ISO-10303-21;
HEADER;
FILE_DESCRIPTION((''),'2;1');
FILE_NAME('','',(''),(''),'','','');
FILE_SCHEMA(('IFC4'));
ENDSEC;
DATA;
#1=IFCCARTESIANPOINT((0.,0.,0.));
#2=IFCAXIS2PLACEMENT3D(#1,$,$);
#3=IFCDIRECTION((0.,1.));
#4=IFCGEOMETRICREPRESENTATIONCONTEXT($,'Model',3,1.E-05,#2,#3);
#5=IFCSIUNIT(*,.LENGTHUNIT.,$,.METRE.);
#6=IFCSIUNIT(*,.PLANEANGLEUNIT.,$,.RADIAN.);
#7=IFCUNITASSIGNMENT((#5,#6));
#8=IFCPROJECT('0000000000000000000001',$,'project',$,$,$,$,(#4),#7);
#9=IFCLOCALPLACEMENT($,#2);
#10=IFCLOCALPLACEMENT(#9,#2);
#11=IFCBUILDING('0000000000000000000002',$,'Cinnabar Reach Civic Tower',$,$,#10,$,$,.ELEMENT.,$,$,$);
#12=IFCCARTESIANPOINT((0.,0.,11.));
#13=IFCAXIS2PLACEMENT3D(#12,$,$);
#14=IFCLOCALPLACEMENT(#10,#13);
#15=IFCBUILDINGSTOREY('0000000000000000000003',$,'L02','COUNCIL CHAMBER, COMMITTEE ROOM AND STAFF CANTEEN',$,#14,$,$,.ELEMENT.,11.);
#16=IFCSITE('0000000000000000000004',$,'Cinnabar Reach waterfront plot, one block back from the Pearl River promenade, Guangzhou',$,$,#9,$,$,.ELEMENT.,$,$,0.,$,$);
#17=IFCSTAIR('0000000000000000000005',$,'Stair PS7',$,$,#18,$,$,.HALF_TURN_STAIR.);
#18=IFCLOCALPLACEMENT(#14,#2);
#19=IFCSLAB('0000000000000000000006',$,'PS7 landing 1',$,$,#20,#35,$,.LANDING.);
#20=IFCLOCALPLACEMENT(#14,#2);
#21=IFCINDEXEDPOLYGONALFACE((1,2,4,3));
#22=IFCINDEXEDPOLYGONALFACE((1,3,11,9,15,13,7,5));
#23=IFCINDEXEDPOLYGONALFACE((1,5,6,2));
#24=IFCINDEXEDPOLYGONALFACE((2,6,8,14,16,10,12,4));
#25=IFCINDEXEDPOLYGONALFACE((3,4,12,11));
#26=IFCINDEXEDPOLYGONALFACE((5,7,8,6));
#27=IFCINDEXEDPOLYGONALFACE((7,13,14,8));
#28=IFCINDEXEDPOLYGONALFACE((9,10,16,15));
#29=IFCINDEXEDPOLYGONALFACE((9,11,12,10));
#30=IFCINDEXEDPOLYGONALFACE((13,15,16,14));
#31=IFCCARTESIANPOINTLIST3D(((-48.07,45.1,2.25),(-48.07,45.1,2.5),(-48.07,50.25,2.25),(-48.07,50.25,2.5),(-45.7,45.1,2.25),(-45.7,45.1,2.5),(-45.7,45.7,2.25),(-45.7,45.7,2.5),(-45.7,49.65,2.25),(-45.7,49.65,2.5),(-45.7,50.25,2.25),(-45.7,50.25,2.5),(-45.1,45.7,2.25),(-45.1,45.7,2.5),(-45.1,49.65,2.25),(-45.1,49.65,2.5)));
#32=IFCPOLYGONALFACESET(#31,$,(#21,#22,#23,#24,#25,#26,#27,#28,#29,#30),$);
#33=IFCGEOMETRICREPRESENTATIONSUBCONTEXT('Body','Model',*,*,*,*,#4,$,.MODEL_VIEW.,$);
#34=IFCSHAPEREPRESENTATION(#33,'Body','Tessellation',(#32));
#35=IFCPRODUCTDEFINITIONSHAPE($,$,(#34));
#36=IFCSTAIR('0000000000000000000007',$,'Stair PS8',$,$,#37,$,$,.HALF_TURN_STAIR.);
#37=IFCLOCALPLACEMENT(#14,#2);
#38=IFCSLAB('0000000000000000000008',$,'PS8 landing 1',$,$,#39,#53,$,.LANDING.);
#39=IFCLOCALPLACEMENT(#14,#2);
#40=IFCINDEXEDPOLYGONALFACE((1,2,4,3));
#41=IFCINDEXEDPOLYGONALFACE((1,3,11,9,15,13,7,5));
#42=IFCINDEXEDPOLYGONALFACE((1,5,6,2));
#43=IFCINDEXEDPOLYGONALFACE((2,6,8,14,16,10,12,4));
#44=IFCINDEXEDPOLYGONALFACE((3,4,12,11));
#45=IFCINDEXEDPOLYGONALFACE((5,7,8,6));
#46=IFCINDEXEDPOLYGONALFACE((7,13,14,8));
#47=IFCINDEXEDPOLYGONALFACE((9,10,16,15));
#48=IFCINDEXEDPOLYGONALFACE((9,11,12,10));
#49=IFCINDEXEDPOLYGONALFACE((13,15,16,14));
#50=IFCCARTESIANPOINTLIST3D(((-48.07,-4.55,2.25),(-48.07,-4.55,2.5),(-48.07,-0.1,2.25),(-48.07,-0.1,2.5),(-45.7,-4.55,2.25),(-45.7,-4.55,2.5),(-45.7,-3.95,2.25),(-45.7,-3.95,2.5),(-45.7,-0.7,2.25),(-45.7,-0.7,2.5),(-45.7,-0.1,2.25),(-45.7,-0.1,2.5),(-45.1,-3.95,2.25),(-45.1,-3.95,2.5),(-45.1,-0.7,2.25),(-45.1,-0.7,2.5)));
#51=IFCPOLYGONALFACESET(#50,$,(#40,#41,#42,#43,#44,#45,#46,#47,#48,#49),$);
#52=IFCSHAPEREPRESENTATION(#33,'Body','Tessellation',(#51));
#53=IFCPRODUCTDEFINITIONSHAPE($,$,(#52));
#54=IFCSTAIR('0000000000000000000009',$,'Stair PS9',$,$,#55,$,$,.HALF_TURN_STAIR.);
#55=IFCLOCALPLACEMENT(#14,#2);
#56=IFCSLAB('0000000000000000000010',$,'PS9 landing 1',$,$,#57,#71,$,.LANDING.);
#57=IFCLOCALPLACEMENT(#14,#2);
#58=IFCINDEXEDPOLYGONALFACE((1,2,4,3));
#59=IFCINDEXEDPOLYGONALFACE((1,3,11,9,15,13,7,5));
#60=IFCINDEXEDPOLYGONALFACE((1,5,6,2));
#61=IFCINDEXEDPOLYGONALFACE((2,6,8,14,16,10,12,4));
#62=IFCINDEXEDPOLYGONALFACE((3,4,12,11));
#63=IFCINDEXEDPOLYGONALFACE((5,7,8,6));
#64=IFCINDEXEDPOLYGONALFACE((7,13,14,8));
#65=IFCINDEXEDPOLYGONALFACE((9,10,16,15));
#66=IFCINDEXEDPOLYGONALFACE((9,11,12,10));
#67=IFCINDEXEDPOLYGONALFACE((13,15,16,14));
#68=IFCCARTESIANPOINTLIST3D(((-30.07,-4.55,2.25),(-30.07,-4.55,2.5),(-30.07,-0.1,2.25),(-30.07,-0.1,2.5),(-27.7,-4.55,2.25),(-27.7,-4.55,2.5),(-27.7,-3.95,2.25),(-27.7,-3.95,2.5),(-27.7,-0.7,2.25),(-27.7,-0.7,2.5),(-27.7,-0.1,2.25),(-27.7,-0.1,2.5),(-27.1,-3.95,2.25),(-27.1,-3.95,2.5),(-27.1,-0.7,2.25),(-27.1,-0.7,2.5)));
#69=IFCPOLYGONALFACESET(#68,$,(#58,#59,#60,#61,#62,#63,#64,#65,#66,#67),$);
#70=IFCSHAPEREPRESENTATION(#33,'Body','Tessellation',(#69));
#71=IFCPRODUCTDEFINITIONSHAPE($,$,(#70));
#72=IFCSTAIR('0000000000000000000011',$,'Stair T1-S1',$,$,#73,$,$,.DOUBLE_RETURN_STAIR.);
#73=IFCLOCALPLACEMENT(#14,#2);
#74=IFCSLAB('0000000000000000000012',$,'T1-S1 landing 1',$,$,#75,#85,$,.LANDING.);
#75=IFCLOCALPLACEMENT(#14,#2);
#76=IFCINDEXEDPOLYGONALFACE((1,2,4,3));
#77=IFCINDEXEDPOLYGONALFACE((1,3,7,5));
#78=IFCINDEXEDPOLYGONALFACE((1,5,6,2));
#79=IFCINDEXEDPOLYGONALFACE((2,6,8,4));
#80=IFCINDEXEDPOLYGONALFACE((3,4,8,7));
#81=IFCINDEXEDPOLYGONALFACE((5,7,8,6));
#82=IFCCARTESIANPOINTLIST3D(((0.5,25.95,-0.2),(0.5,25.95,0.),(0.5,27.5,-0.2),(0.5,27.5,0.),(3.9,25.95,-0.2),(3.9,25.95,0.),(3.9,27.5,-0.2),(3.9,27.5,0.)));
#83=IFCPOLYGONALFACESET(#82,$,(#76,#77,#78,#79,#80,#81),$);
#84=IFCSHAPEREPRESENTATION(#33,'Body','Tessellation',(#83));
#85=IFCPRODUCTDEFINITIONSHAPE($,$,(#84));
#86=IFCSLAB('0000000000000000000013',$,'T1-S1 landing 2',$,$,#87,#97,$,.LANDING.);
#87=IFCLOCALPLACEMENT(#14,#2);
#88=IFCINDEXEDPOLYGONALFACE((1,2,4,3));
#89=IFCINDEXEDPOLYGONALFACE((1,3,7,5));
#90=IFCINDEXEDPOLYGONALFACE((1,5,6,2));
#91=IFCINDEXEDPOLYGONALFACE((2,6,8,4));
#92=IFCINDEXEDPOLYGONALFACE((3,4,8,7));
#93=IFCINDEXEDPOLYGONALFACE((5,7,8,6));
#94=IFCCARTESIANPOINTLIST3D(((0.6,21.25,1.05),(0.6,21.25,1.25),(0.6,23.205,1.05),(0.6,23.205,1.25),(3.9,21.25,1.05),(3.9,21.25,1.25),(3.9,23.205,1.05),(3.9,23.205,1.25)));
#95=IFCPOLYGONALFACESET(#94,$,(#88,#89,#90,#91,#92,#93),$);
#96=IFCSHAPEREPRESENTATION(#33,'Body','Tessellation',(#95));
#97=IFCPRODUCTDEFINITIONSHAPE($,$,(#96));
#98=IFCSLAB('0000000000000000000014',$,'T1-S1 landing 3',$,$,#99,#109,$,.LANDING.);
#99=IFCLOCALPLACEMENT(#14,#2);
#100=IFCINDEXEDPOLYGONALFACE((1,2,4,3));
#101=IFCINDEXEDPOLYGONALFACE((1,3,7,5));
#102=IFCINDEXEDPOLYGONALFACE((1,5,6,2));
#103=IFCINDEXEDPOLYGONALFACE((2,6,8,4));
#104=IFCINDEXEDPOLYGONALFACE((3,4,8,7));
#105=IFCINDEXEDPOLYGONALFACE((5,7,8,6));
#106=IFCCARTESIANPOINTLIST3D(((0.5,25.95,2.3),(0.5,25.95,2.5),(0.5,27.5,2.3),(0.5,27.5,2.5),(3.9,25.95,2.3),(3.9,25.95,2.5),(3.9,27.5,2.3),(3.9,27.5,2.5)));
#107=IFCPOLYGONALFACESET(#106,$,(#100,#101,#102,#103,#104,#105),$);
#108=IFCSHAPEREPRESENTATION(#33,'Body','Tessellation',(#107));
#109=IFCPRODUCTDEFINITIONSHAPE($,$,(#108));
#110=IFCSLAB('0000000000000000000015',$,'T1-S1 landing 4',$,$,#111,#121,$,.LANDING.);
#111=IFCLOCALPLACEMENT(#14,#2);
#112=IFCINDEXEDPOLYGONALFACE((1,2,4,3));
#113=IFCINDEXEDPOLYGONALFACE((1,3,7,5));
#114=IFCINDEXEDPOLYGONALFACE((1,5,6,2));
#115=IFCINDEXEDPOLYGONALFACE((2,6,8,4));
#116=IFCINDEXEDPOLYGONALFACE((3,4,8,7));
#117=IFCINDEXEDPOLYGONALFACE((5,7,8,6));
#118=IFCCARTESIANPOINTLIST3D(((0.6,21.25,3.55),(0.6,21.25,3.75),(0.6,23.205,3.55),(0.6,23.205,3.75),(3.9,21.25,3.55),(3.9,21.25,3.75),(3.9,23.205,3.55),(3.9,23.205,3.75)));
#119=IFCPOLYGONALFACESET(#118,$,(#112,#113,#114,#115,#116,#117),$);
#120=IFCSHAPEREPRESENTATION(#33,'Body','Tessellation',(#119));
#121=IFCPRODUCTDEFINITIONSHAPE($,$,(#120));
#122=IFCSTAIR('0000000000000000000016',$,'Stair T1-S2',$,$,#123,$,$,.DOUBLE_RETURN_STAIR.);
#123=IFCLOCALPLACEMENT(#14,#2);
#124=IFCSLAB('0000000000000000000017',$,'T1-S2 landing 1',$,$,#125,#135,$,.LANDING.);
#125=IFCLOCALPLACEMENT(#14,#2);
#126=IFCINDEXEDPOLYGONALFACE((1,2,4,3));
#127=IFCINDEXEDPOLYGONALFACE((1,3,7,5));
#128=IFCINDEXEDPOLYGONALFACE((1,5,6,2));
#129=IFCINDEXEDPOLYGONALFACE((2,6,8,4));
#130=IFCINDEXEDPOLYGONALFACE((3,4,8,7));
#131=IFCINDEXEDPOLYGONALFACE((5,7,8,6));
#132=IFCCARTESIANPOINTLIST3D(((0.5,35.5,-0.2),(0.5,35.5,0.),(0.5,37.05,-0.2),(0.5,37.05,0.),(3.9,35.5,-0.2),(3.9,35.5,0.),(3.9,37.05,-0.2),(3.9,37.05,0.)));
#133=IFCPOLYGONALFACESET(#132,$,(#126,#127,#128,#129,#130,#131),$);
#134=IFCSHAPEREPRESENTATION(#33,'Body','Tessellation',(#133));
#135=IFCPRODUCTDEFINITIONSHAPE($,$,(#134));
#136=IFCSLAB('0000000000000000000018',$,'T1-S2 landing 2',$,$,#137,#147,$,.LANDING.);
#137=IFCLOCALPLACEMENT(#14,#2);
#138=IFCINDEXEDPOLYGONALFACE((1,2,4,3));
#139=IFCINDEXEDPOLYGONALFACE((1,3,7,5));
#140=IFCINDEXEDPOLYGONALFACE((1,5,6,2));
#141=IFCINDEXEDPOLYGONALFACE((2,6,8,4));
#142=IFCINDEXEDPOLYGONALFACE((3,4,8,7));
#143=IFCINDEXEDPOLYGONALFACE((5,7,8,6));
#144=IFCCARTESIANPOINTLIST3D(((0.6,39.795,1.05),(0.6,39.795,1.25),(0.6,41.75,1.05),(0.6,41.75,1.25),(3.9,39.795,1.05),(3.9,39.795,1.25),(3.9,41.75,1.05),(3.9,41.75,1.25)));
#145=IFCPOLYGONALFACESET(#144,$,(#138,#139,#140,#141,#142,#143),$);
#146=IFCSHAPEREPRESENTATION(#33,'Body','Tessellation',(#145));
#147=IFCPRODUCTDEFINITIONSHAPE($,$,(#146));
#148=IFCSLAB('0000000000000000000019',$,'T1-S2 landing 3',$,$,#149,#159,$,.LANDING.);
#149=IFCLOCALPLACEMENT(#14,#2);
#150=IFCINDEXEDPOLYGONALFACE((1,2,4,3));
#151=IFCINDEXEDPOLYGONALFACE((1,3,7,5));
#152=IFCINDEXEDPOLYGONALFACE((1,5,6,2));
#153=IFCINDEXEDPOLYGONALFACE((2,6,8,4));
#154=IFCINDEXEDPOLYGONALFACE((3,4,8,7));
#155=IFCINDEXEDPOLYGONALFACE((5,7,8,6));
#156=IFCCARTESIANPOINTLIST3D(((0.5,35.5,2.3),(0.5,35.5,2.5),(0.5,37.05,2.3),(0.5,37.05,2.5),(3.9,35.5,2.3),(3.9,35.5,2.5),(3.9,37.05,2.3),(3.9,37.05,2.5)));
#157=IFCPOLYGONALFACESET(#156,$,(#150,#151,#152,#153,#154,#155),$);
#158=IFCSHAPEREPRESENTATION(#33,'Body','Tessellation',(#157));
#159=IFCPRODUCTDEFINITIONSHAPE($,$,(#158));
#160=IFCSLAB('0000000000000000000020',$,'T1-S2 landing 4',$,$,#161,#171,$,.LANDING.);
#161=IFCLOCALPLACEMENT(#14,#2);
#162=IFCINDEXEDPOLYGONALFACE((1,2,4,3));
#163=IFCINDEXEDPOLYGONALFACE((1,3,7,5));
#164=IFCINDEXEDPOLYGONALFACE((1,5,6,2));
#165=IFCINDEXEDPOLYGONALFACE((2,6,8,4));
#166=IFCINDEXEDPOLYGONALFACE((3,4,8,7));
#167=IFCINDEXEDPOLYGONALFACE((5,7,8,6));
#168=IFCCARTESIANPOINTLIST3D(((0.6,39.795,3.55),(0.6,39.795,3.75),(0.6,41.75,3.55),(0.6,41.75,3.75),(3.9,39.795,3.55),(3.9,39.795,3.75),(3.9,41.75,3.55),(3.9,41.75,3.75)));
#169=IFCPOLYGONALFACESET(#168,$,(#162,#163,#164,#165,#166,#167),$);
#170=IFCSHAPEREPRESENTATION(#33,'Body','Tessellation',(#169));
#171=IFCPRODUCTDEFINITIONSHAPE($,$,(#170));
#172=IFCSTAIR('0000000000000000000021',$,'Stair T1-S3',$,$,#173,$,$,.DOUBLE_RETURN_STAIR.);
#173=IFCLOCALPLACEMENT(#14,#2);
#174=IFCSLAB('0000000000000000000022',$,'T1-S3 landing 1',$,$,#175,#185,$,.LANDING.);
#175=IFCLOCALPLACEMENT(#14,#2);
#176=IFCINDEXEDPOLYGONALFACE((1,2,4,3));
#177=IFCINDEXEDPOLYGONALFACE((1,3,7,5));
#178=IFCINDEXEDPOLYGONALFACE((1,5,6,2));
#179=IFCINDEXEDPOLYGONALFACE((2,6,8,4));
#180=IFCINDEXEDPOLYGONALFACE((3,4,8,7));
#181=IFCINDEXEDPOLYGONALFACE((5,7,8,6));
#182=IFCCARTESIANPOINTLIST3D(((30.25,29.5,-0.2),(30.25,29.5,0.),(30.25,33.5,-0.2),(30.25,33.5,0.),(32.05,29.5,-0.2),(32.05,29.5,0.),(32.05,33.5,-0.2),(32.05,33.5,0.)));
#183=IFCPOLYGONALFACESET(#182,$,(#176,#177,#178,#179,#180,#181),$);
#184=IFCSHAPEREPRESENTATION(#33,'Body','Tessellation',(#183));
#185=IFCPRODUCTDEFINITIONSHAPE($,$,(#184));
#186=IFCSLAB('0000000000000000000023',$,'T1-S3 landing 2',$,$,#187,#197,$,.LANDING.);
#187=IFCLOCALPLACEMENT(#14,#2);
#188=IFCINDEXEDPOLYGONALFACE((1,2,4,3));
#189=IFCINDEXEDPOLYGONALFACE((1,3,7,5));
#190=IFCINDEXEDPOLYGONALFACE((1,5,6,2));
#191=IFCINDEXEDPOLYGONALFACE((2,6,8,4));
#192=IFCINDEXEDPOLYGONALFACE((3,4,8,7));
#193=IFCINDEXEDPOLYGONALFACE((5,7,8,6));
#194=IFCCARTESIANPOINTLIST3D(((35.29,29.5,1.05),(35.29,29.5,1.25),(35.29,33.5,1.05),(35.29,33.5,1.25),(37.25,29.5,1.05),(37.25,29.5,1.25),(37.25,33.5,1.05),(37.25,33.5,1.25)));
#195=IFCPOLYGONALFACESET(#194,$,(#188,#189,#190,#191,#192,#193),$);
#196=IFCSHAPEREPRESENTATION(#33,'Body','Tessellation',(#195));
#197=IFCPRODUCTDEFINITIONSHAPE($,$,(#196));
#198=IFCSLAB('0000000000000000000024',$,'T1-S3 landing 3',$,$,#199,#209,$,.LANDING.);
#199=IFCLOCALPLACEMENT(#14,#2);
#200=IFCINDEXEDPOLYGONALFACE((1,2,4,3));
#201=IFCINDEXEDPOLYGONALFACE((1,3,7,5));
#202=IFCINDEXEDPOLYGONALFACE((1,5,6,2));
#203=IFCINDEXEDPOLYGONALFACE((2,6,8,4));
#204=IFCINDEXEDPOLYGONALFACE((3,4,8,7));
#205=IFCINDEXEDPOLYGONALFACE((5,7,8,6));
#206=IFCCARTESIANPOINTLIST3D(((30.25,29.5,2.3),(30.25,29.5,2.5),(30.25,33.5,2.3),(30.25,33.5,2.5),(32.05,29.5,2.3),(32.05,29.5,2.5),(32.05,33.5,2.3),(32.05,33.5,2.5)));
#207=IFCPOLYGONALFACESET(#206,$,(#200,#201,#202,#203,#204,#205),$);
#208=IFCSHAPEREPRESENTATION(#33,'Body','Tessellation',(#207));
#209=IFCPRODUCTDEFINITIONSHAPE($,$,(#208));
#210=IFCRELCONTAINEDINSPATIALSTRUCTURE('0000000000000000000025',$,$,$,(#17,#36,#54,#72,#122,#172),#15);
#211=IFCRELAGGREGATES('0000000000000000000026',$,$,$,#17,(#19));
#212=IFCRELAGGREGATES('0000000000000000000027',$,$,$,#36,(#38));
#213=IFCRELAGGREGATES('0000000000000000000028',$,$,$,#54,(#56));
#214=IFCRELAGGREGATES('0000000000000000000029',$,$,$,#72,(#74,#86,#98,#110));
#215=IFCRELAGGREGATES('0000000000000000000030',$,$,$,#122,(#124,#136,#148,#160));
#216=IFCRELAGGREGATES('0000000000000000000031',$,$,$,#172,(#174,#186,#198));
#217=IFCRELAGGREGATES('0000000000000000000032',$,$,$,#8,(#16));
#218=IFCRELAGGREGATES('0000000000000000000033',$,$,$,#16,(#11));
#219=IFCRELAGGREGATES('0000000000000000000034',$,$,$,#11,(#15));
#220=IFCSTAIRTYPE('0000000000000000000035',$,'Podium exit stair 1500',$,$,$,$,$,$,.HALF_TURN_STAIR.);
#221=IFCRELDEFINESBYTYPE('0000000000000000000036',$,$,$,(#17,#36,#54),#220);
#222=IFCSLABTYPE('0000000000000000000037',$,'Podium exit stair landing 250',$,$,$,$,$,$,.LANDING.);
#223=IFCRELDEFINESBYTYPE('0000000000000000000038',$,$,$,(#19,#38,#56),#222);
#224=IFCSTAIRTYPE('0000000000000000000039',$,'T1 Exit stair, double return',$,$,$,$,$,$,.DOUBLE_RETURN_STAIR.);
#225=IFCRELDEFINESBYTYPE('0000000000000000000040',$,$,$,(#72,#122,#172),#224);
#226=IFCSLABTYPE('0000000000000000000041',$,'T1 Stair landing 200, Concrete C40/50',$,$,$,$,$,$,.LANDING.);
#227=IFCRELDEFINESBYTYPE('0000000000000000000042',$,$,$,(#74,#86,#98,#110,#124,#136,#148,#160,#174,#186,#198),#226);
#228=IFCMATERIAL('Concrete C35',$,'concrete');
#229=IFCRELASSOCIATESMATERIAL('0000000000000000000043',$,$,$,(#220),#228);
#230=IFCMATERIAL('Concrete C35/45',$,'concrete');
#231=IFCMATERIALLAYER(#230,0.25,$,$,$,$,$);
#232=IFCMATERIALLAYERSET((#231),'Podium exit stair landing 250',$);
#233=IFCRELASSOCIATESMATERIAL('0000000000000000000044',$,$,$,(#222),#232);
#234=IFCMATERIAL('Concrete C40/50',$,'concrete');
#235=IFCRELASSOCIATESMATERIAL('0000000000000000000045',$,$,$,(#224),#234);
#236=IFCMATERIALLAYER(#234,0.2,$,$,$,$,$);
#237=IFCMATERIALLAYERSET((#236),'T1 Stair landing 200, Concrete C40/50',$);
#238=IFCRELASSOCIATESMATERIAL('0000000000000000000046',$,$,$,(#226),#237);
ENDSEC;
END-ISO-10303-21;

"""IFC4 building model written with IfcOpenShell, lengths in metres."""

from ifc_helpers import new_model, si_unit, direction, frame, origin, place, context, subcontext, project, spatial, polyline, outline, extrude, material, layer, layer_set, type_object, element, aggregate, save


model = new_model("IFC4")

# Units and contexts
model_context = context("Model", 3, precision=1e-05, world=origin(), true_north=direction((0.0, 1.0)))
body_context = subcontext(model_context, "Body", "Model", "MODEL_VIEW")
ifc_project = project(units=[si_unit("LENGTHUNIT", "METRE"), si_unit("PLANEANGLEUNIT", "RADIAN")], contexts=[model_context])

# Site, building, storey
site_placement = place(None, origin())
site = spatial("IfcSite", under=ifc_project, at=site_placement, Name="Cinnabar Reach waterfront plot, one block back from the Pearl River promenade, Guangzhou", CompositionType="ELEMENT", RefElevation=0.0)
building_placement = place(site_placement, origin())
building = spatial("IfcBuilding", under=site, at=building_placement, Name="Cinnabar Reach Civic Tower", CompositionType="ELEMENT")
storey_placement = place(building_placement, frame((0.0, 0.0, 11.0)))
storey = spatial("IfcBuildingStorey", under=building, at=storey_placement, Name="L02", Description="COUNCIL CHAMBER, COMMITTEE ROOM AND STAFF CANTEEN", CompositionType="ELEMENT", Elevation=11.0)

# Stairs, slabs
ifc_material_1 = material(Name="Concrete C35", Category="concrete")
stair_type_1 = type_object("IfcStairType", Name="Podium exit stair 1500", PredefinedType="HALF_TURN_STAIR", material=ifc_material_1)
stair_1_placement = place(storey_placement, origin())
stair_1 = element("IfcStair", 1, at=stair_1_placement, inside=storey, type_object=stair_type_1, Name="Stair PS7", PredefinedType="HALF_TURN_STAIR")
ifc_material_2 = material(Name="Concrete C35/45", Category="concrete")
ifc_layer_1 = layer(ifc_material_2, 0.25)
ifc_layer_set_1 = layer_set([ifc_layer_1], Name="Podium exit stair landing 250")
slab_type_1 = type_object("IfcSlabType", Name="Podium exit stair landing 250", PredefinedType="LANDING", material=ifc_layer_set_1)
slab_1_placement = place(storey_placement, frame((0.0, 0.0, 2.25)))
slab_1 = element("IfcSlab", 2, at=slab_1_placement, type_object=slab_type_1, Name="PS7 landing 1", PredefinedType="LANDING", context=body_context, shape_type="SweptSolid", body=[
    extrude(outline(polyline([(-45.1, 45.7), (-45.7, 45.7), (-45.7, 45.1), (-48.07, 45.1), (-48.07, 50.25), (-45.7, 50.25), (-45.7, 49.65), (-45.1, 49.65), (-45.1, 45.7)])), origin(), (0.0, 0.0, 1.0), 0.25),
])
aggregate(stair_1, [slab_1])
stair_2_placement = place(storey_placement, origin())
stair_2 = element("IfcStair", 3, at=stair_2_placement, inside=storey, type_object=stair_type_1, Name="Stair PS8", PredefinedType="HALF_TURN_STAIR")
slab_2_placement = place(storey_placement, frame((0.0, 0.0, 2.25)))
slab_2 = element("IfcSlab", 4, at=slab_2_placement, type_object=slab_type_1, Name="PS8 landing 1", PredefinedType="LANDING", context=body_context, shape_type="SweptSolid", body=[
    extrude(outline(polyline([(-45.1, -3.95), (-45.7, -3.95), (-45.7, -4.55), (-48.07, -4.55), (-48.07, -0.1), (-45.7, -0.1), (-45.7, -0.7), (-45.1, -0.7), (-45.1, -3.95)])), origin(), (0.0, 0.0, 1.0), 0.25),
])
aggregate(stair_2, [slab_2])
stair_3_placement = place(storey_placement, origin())
stair_3 = element("IfcStair", 5, at=stair_3_placement, inside=storey, type_object=stair_type_1, Name="Stair PS9", PredefinedType="HALF_TURN_STAIR")
slab_3_placement = place(storey_placement, frame((0.0, 0.0, 2.25)))
slab_3 = element("IfcSlab", 6, at=slab_3_placement, type_object=slab_type_1, Name="PS9 landing 1", PredefinedType="LANDING", context=body_context, shape_type="SweptSolid", body=[
    extrude(outline(polyline([(-27.1, -3.95), (-27.7, -3.95), (-27.7, -4.55), (-30.07, -4.55), (-30.07, -0.1), (-27.7, -0.1), (-27.7, -0.7), (-27.1, -0.7), (-27.1, -3.95)])), origin(), (0.0, 0.0, 1.0), 0.25),
])
aggregate(stair_3, [slab_3])

# Stairs, slabs
ifc_material_3 = material(Name="Concrete C40/50", Category="concrete")
stair_type_2 = type_object("IfcStairType", Name="T1 Exit stair, double return", PredefinedType="DOUBLE_RETURN_STAIR", material=ifc_material_3)
stair_4_placement = place(storey_placement, origin())
stair_4 = element("IfcStair", 7, at=stair_4_placement, inside=storey, type_object=stair_type_2, Name="Stair T1-S1", PredefinedType="DOUBLE_RETURN_STAIR")
ifc_layer_2 = layer(ifc_material_3, 0.2)
ifc_layer_set_2 = layer_set([ifc_layer_2], Name="T1 Stair landing 200, Concrete C40/50")
slab_type_2 = type_object("IfcSlabType", Name="T1 Stair landing 200, Concrete C40/50", PredefinedType="LANDING", material=ifc_layer_set_2)
slab_4_placement = place(storey_placement, frame((0.0, 0.0, -0.2)))
slab_4 = element("IfcSlab", 8, at=slab_4_placement, type_object=slab_type_2, Name="T1-S1 landing 1", PredefinedType="LANDING", context=body_context, shape_type="SweptSolid", body=[
    extrude(outline(polyline([(3.9, 25.95), (3.9, 27.5), (0.5, 27.5), (0.5, 25.95), (3.9, 25.95)])), origin(), (0.0, 0.0, 1.0), 0.2),
])
slab_5_placement = place(storey_placement, frame((0.0, 0.0, 1.05)))
slab_5 = element("IfcSlab", 9, at=slab_5_placement, type_object=slab_type_2, Name="T1-S1 landing 2", PredefinedType="LANDING", context=body_context, shape_type="SweptSolid", body=[
    extrude(outline(polyline([(3.9, 21.25), (3.9, 23.205), (0.6, 23.205), (0.6, 21.25), (3.9, 21.25)])), origin(), (0.0, 0.0, 1.0), 0.2),
])
slab_6_placement = place(storey_placement, frame((0.0, 0.0, 2.3)))
slab_6 = element("IfcSlab", 10, at=slab_6_placement, type_object=slab_type_2, Name="T1-S1 landing 3", PredefinedType="LANDING", context=body_context, shape_type="SweptSolid", body=[
    extrude(outline(polyline([(3.9, 25.95), (3.9, 27.5), (0.5, 27.5), (0.5, 25.95), (3.9, 25.95)])), origin(), (0.0, 0.0, 1.0), 0.2),
])
slab_7_placement = place(storey_placement, frame((0.0, 0.0, 3.55)))
slab_7 = element("IfcSlab", 11, at=slab_7_placement, type_object=slab_type_2, Name="T1-S1 landing 4", PredefinedType="LANDING", context=body_context, shape_type="SweptSolid", body=[
    extrude(outline(polyline([(3.9, 21.25), (3.9, 23.205), (0.6, 23.205), (0.6, 21.25), (3.9, 21.25)])), origin(), (0.0, 0.0, 1.0), 0.2),
])
aggregate(stair_4, [slab_4, slab_5, slab_6, slab_7])
stair_5_placement = place(storey_placement, origin())
stair_5 = element("IfcStair", 12, at=stair_5_placement, inside=storey, type_object=stair_type_2, Name="Stair T1-S2", PredefinedType="DOUBLE_RETURN_STAIR")
slab_8_placement = place(storey_placement, frame((0.0, 0.0, -0.2)))
slab_8 = element("IfcSlab", 13, at=slab_8_placement, type_object=slab_type_2, Name="T1-S2 landing 1", PredefinedType="LANDING", context=body_context, shape_type="SweptSolid", body=[
    extrude(outline(polyline([(3.9, 35.5), (3.9, 37.05), (0.5, 37.05), (0.5, 35.5), (3.9, 35.5)])), origin(), (0.0, 0.0, 1.0), 0.2),
])
slab_9_placement = place(storey_placement, frame((0.0, 0.0, 1.05)))
slab_9 = element("IfcSlab", 14, at=slab_9_placement, type_object=slab_type_2, Name="T1-S2 landing 2", PredefinedType="LANDING", context=body_context, shape_type="SweptSolid", body=[
    extrude(outline(polyline([(3.9, 39.795), (3.9, 41.75), (0.6, 41.75), (0.6, 39.795), (3.9, 39.795)])), origin(), (0.0, 0.0, 1.0), 0.2),
])
slab_10_placement = place(storey_placement, frame((0.0, 0.0, 2.3)))
slab_10 = element("IfcSlab", 15, at=slab_10_placement, type_object=slab_type_2, Name="T1-S2 landing 3", PredefinedType="LANDING", context=body_context, shape_type="SweptSolid", body=[
    extrude(outline(polyline([(3.9, 35.5), (3.9, 37.05), (0.5, 37.05), (0.5, 35.5), (3.9, 35.5)])), origin(), (0.0, 0.0, 1.0), 0.2),
])
slab_11_placement = place(storey_placement, frame((0.0, 0.0, 3.55)))
slab_11 = element("IfcSlab", 16, at=slab_11_placement, type_object=slab_type_2, Name="T1-S2 landing 4", PredefinedType="LANDING", context=body_context, shape_type="SweptSolid", body=[
    extrude(outline(polyline([(3.9, 39.795), (3.9, 41.75), (0.6, 41.75), (0.6, 39.795), (3.9, 39.795)])), origin(), (0.0, 0.0, 1.0), 0.2),
])
aggregate(stair_5, [slab_8, slab_9, slab_10, slab_11])
stair_6_placement = place(storey_placement, origin())
stair_6 = element("IfcStair", 17, at=stair_6_placement, inside=storey, type_object=stair_type_2, Name="Stair T1-S3", PredefinedType="DOUBLE_RETURN_STAIR")
slab_12_placement = place(storey_placement, frame((0.0, 0.0, -0.2)))
slab_12 = element("IfcSlab", 18, at=slab_12_placement, type_object=slab_type_2, Name="T1-S3 landing 1", PredefinedType="LANDING", context=body_context, shape_type="SweptSolid", body=[
    extrude(outline(polyline([(30.25, 29.5), (32.05, 29.5), (32.05, 33.5), (30.25, 33.5), (30.25, 29.5)])), origin(), (0.0, 0.0, 1.0), 0.2),
])
slab_13_placement = place(storey_placement, frame((0.0, 0.0, 1.05)))
slab_13 = element("IfcSlab", 19, at=slab_13_placement, type_object=slab_type_2, Name="T1-S3 landing 2", PredefinedType="LANDING", context=body_context, shape_type="SweptSolid", body=[
    extrude(outline(polyline([(35.29, 29.5), (37.25, 29.5), (37.25, 33.5), (35.29, 33.5), (35.29, 29.5)])), origin(), (0.0, 0.0, 1.0), 0.2),
])
slab_14_placement = place(storey_placement, frame((0.0, 0.0, 2.3)))
slab_14 = element("IfcSlab", 20, at=slab_14_placement, type_object=slab_type_2, Name="T1-S3 landing 3", PredefinedType="LANDING", context=body_context, shape_type="SweptSolid", body=[
    extrude(outline(polyline([(30.25, 29.5), (32.05, 29.5), (32.05, 33.5), (30.25, 33.5), (30.25, 29.5)])), origin(), (0.0, 0.0, 1.0), 0.2),
])
aggregate(stair_6, [slab_12, slab_13, slab_14])

save(model, "model.ifc")
